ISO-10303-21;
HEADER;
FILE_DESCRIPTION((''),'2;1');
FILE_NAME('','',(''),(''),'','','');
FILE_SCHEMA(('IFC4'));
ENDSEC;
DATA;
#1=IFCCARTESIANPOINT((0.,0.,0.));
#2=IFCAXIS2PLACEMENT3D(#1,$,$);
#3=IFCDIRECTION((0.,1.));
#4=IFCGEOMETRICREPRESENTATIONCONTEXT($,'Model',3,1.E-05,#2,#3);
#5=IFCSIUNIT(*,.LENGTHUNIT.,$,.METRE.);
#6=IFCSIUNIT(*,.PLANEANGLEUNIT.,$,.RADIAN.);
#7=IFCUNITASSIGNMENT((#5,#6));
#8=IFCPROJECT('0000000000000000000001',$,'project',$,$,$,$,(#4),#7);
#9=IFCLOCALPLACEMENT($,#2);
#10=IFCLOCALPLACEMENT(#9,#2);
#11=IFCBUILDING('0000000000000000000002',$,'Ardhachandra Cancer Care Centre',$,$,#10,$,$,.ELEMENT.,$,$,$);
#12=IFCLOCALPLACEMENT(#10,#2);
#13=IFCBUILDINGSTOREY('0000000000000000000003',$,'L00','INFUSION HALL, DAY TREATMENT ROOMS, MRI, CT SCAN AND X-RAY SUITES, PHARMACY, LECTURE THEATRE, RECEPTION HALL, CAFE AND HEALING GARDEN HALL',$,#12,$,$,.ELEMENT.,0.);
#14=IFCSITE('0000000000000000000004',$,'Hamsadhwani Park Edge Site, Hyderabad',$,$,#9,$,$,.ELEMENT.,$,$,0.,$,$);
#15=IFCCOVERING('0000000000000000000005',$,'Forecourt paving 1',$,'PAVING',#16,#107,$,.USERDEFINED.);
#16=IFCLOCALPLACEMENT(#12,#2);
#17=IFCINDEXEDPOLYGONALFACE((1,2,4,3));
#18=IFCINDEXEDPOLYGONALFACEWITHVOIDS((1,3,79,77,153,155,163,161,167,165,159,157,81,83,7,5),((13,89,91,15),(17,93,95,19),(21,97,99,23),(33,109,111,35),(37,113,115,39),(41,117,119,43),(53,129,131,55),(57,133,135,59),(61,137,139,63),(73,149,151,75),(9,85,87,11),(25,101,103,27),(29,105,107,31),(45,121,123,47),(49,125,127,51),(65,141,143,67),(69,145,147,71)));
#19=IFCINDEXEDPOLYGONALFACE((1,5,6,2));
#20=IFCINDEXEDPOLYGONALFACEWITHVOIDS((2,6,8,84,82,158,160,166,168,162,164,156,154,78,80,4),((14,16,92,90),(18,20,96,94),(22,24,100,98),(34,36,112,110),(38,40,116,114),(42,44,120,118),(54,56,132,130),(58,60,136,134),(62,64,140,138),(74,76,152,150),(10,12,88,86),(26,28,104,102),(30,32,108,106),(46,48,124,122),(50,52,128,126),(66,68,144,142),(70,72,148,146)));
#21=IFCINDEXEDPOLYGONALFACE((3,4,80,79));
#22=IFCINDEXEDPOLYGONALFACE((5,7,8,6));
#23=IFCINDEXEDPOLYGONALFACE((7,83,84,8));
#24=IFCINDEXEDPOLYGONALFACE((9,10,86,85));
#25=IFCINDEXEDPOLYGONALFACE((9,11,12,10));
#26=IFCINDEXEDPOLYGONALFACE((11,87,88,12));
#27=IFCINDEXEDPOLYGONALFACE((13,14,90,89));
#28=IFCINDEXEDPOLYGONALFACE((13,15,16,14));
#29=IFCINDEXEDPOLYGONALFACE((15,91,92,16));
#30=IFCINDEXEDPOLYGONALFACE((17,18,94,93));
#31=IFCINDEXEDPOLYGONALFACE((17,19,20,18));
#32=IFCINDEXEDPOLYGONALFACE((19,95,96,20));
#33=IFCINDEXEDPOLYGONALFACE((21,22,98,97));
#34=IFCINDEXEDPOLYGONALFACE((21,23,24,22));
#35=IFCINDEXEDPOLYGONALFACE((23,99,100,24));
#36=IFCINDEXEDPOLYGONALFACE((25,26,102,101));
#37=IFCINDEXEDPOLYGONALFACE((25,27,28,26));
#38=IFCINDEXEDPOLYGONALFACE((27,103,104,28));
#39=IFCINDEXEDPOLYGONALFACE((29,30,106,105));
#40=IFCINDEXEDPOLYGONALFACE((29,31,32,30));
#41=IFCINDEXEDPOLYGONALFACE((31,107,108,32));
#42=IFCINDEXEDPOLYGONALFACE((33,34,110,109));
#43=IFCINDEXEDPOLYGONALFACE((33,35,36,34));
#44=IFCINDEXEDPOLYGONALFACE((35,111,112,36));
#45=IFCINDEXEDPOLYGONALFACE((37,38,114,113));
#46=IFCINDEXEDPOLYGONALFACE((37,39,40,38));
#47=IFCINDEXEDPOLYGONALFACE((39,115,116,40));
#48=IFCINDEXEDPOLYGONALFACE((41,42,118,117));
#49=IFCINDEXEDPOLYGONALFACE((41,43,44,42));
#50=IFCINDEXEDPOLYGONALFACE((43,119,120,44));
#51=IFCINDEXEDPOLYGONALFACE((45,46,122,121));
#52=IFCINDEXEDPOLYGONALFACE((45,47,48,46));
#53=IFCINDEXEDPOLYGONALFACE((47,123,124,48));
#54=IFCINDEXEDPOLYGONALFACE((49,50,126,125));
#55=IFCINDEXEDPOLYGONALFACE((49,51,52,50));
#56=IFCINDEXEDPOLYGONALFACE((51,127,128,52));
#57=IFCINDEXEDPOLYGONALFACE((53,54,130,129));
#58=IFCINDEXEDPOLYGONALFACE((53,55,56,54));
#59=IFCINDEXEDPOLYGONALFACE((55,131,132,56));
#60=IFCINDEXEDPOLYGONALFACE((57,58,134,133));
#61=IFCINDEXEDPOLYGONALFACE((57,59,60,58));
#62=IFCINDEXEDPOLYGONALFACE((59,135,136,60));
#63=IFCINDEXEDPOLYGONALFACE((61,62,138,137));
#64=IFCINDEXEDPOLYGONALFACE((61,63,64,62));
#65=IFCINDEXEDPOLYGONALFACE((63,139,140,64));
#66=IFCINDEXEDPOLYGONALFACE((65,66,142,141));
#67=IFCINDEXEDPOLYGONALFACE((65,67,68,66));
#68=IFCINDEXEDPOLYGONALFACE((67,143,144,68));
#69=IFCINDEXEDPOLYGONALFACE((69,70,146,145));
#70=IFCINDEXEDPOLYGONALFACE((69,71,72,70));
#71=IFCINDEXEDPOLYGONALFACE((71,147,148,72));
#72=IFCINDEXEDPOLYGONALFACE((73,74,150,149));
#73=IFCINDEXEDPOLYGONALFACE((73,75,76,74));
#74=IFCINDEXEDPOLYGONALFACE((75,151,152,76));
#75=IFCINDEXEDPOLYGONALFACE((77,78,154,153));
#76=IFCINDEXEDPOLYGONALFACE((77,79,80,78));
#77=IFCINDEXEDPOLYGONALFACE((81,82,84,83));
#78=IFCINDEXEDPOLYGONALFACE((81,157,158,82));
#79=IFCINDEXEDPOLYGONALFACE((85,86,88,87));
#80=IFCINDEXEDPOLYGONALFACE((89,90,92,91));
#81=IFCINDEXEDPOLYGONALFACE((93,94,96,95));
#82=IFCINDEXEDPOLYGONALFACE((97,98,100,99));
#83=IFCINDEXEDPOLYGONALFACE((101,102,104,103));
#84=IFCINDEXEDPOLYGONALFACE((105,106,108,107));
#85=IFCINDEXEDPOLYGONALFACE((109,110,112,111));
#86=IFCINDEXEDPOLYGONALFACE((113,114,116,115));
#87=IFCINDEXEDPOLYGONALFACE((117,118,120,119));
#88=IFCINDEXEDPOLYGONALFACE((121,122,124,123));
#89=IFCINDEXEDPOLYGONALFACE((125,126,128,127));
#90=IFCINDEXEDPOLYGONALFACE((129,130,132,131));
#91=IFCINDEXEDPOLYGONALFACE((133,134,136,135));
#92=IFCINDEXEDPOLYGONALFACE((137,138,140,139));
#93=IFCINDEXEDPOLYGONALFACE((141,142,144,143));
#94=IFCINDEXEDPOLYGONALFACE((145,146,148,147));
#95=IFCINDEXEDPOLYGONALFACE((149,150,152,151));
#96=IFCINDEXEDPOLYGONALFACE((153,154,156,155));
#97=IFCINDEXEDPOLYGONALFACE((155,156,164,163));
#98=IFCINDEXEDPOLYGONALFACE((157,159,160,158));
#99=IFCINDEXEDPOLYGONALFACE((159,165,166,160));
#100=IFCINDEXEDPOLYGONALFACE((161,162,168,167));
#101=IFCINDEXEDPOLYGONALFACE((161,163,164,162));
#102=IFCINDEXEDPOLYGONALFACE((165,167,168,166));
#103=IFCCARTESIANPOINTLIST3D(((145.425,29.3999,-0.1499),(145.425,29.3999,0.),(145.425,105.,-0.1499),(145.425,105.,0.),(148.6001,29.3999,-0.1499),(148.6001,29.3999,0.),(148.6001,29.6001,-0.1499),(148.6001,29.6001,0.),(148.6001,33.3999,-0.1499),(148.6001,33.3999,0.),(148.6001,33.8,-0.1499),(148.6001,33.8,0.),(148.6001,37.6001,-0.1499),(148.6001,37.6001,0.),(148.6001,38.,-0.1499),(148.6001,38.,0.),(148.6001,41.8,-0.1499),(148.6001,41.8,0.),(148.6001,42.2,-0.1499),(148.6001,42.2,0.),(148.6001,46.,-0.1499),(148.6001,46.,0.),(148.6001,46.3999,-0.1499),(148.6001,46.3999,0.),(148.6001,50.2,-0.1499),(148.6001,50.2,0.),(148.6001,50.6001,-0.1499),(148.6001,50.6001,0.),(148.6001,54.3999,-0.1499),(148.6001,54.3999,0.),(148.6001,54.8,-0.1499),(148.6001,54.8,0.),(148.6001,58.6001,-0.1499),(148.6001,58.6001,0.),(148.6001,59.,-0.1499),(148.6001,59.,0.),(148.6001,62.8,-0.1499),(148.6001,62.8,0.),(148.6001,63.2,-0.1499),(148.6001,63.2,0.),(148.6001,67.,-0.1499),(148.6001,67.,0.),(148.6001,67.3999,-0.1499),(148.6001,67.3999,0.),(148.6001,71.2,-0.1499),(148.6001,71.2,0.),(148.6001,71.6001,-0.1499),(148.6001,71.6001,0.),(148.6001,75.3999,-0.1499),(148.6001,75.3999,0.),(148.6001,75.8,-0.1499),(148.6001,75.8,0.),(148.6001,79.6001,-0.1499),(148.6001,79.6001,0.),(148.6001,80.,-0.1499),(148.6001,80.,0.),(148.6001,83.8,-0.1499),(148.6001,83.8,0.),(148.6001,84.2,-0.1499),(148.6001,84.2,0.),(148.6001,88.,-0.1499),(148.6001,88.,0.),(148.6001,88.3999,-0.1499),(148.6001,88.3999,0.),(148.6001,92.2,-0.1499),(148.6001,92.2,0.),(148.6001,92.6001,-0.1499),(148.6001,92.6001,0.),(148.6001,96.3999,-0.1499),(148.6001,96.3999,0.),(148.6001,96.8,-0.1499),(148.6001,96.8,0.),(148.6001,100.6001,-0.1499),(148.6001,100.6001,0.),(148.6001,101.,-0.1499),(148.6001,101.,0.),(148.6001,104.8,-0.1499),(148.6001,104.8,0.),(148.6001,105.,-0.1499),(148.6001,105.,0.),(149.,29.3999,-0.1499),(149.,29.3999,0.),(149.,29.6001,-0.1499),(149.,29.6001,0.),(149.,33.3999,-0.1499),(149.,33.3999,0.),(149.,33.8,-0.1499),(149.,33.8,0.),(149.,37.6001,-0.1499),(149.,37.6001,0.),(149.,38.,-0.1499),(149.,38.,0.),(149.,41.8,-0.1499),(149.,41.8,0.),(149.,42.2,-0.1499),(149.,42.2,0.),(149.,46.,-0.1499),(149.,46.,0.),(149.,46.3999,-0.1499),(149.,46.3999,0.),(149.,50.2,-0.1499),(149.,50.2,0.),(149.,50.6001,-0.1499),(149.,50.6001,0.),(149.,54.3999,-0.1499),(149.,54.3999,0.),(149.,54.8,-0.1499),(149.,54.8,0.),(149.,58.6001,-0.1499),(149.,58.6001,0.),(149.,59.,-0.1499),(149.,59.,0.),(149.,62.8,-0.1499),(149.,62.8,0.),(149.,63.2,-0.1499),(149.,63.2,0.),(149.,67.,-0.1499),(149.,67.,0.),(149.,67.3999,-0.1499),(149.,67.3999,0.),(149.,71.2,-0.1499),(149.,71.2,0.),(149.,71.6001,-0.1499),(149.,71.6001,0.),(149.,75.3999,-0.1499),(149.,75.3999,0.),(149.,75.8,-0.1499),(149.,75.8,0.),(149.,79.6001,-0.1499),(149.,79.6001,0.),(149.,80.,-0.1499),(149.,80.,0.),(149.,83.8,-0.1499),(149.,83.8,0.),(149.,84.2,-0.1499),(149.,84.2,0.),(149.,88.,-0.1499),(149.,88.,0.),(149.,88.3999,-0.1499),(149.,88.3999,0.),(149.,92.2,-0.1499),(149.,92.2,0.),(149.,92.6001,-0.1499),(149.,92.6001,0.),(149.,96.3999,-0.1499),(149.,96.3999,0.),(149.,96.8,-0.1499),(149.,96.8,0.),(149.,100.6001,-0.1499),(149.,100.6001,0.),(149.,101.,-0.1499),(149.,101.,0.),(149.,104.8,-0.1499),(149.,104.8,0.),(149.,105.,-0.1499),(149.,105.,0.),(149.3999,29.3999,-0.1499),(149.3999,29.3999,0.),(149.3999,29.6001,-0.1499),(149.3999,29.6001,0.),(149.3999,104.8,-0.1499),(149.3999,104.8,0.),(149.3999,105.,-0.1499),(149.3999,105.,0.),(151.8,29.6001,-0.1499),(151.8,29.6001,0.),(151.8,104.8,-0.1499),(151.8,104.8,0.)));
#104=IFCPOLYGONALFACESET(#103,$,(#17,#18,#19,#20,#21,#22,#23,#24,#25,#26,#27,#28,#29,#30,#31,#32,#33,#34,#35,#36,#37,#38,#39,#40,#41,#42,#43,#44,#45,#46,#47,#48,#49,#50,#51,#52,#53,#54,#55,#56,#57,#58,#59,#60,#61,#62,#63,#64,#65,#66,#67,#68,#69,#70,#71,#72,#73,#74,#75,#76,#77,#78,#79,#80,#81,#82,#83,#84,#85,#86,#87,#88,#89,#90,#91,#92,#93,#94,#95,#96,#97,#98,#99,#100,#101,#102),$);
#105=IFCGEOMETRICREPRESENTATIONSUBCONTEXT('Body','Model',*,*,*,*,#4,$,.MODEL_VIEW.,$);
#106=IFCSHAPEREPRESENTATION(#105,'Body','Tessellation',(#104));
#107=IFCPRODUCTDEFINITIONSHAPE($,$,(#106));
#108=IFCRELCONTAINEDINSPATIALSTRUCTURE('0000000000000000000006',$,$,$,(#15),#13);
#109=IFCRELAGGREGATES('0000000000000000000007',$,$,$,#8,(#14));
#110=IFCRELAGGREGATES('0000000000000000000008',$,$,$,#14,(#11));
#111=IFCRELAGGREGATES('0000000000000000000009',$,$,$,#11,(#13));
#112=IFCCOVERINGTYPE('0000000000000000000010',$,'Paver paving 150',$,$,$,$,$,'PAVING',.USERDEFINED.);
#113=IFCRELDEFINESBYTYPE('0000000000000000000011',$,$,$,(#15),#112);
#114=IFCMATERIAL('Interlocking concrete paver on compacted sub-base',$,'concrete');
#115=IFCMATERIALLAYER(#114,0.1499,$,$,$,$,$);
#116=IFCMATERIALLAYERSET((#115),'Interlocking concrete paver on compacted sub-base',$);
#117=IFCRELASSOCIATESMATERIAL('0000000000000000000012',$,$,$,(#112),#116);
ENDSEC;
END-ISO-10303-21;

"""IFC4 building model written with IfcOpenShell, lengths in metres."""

from ifc_helpers import new_model, si_unit, direction, frame, origin, place, context, subcontext, project, spatial, polyline, outline, extrude, material, layer, layer_set, type_object, element, save


model = new_model("IFC4")

# Units and contexts
model_context = context("Model", 3, precision=1e-05, world=origin(), true_north=direction((0.0, 1.0)))
body_context = subcontext(model_context, "Body", "Model", "MODEL_VIEW")
ifc_project = project(units=[si_unit("LENGTHUNIT", "METRE"), si_unit("PLANEANGLEUNIT", "RADIAN")], contexts=[model_context])

# Site, building, storey
site_placement = place(None, origin())
site = spatial("IfcSite", under=ifc_project, at=site_placement, Name="Hamsadhwani Park Edge Site, Hyderabad", CompositionType="ELEMENT", RefElevation=0.0)
building_placement = place(site_placement, origin())
building = spatial("IfcBuilding", under=site, at=building_placement, Name="Ardhachandra Cancer Care Centre", CompositionType="ELEMENT")
storey_placement = place(building_placement, origin())
storey = spatial("IfcBuildingStorey", under=building, at=storey_placement, Name="L00", Description="INFUSION HALL, DAY TREATMENT ROOMS, MRI, CT SCAN AND X-RAY SUITES, PHARMACY, LECTURE THEATRE, RECEPTION HALL, CAFE AND HEALING GARDEN HALL", CompositionType="ELEMENT", Elevation=0.0)

# Covering
ifc_material_1 = material(Name="Interlocking concrete paver on compacted sub-base", Category="concrete")
ifc_layer_1 = layer(ifc_material_1, 0.1499)
ifc_layer_set_1 = layer_set([ifc_layer_1], Name="Interlocking concrete paver on compacted sub-base")
covering_type_1 = type_object("IfcCoveringType", Name="Paver paving 150", ElementType="PAVING", PredefinedType="USERDEFINED", material=ifc_layer_set_1)
covering_1_placement = place(storey_placement, frame((0.0, 0.0, -0.1499)))
element("IfcCovering", 1, at=covering_1_placement, inside=storey, type_object=covering_type_1, Name="Forecourt paving 1", ObjectType="PAVING", PredefinedType="USERDEFINED", context=body_context, shape_type="SweptSolid", body=[
    extrude(outline(polyline([(149.0, 29.3999), (149.0, 29.6001), (148.6001, 29.6001), (148.6001, 29.3999), (145.425, 29.3999), (145.425, 105.0), (148.6001, 105.0), (148.6001, 104.8), (149.0, 104.8), (149.0, 105.0), (149.3999, 105.0), (149.3999, 104.8), (151.8, 104.8), (151.8, 29.6001), (149.3999, 29.6001), (149.3999, 29.3999), (149.0, 29.3999)]), holes=[polyline([(149.0, 67.3999), (148.6001, 67.3999), (148.6001, 67.0), (149.0, 67.0), (149.0, 67.3999)]), polyline([(149.0, 71.6001), (148.6001, 71.6001), (148.6001, 71.2), (149.0, 71.2), (149.0, 71.6001)]), polyline([(149.0, 75.8), (148.6001, 75.8), (148.6001, 75.3999), (149.0, 75.3999), (149.0, 75.8)]), polyline([(149.0, 80.0), (148.6001, 80.0), (148.6001, 79.6001), (149.0, 79.6001), (149.0, 80.0)]), polyline([(149.0, 84.2), (148.6001, 84.2), (148.6001, 83.8), (149.0, 83.8), (149.0, 84.2)]), polyline([(149.0, 88.3999), (148.6001, 88.3999), (148.6001, 88.0), (149.0, 88.0), (149.0, 88.3999)]), polyline([(149.0, 92.6001), (148.6001, 92.6001), (148.6001, 92.2), (149.0, 92.2), (149.0, 92.6001)]), polyline([(149.0, 96.3999), (149.0, 96.8), (148.6001, 96.8), (148.6001, 96.3999), (149.0, 96.3999)]), polyline([(149.0, 100.6001), (149.0, 101.0), (148.6001, 101.0), (148.6001, 100.6001), (149.0, 100.6001)]), polyline([(149.0, 33.8), (148.6001, 33.8), (148.6001, 33.3999), (149.0, 33.3999), (149.0, 33.8)]), polyline([(149.0, 37.6001), (149.0, 38.0), (148.6001, 38.0), (148.6001, 37.6001), (149.0, 37.6001)]), polyline([(149.0, 41.8), (149.0, 42.2), (148.6001, 42.2), (148.6001, 41.8), (149.0, 41.8)]), polyline([(149.0, 46.3999), (148.6001, 46.3999), (148.6001, 46.0), (149.0, 46.0), (149.0, 46.3999)]), polyline([(149.0, 50.6001), (148.6001, 50.6001), (148.6001, 50.2), (149.0, 50.2), (149.0, 50.6001)]), polyline([(149.0, 54.8), (148.6001, 54.8), (148.6001, 54.3999), (149.0, 54.3999), (149.0, 54.8)]), polyline([(149.0, 58.6001), (149.0, 59.0), (148.6001, 59.0), (148.6001, 58.6001), (149.0, 58.6001)]), polyline([(149.0, 62.8), (149.0, 63.2), (148.6001, 63.2), (148.6001, 62.8), (149.0, 62.8)])]), origin(), (0.0, 0.0, 1.0), 0.1499),
])

save(model, "model.ifc")
